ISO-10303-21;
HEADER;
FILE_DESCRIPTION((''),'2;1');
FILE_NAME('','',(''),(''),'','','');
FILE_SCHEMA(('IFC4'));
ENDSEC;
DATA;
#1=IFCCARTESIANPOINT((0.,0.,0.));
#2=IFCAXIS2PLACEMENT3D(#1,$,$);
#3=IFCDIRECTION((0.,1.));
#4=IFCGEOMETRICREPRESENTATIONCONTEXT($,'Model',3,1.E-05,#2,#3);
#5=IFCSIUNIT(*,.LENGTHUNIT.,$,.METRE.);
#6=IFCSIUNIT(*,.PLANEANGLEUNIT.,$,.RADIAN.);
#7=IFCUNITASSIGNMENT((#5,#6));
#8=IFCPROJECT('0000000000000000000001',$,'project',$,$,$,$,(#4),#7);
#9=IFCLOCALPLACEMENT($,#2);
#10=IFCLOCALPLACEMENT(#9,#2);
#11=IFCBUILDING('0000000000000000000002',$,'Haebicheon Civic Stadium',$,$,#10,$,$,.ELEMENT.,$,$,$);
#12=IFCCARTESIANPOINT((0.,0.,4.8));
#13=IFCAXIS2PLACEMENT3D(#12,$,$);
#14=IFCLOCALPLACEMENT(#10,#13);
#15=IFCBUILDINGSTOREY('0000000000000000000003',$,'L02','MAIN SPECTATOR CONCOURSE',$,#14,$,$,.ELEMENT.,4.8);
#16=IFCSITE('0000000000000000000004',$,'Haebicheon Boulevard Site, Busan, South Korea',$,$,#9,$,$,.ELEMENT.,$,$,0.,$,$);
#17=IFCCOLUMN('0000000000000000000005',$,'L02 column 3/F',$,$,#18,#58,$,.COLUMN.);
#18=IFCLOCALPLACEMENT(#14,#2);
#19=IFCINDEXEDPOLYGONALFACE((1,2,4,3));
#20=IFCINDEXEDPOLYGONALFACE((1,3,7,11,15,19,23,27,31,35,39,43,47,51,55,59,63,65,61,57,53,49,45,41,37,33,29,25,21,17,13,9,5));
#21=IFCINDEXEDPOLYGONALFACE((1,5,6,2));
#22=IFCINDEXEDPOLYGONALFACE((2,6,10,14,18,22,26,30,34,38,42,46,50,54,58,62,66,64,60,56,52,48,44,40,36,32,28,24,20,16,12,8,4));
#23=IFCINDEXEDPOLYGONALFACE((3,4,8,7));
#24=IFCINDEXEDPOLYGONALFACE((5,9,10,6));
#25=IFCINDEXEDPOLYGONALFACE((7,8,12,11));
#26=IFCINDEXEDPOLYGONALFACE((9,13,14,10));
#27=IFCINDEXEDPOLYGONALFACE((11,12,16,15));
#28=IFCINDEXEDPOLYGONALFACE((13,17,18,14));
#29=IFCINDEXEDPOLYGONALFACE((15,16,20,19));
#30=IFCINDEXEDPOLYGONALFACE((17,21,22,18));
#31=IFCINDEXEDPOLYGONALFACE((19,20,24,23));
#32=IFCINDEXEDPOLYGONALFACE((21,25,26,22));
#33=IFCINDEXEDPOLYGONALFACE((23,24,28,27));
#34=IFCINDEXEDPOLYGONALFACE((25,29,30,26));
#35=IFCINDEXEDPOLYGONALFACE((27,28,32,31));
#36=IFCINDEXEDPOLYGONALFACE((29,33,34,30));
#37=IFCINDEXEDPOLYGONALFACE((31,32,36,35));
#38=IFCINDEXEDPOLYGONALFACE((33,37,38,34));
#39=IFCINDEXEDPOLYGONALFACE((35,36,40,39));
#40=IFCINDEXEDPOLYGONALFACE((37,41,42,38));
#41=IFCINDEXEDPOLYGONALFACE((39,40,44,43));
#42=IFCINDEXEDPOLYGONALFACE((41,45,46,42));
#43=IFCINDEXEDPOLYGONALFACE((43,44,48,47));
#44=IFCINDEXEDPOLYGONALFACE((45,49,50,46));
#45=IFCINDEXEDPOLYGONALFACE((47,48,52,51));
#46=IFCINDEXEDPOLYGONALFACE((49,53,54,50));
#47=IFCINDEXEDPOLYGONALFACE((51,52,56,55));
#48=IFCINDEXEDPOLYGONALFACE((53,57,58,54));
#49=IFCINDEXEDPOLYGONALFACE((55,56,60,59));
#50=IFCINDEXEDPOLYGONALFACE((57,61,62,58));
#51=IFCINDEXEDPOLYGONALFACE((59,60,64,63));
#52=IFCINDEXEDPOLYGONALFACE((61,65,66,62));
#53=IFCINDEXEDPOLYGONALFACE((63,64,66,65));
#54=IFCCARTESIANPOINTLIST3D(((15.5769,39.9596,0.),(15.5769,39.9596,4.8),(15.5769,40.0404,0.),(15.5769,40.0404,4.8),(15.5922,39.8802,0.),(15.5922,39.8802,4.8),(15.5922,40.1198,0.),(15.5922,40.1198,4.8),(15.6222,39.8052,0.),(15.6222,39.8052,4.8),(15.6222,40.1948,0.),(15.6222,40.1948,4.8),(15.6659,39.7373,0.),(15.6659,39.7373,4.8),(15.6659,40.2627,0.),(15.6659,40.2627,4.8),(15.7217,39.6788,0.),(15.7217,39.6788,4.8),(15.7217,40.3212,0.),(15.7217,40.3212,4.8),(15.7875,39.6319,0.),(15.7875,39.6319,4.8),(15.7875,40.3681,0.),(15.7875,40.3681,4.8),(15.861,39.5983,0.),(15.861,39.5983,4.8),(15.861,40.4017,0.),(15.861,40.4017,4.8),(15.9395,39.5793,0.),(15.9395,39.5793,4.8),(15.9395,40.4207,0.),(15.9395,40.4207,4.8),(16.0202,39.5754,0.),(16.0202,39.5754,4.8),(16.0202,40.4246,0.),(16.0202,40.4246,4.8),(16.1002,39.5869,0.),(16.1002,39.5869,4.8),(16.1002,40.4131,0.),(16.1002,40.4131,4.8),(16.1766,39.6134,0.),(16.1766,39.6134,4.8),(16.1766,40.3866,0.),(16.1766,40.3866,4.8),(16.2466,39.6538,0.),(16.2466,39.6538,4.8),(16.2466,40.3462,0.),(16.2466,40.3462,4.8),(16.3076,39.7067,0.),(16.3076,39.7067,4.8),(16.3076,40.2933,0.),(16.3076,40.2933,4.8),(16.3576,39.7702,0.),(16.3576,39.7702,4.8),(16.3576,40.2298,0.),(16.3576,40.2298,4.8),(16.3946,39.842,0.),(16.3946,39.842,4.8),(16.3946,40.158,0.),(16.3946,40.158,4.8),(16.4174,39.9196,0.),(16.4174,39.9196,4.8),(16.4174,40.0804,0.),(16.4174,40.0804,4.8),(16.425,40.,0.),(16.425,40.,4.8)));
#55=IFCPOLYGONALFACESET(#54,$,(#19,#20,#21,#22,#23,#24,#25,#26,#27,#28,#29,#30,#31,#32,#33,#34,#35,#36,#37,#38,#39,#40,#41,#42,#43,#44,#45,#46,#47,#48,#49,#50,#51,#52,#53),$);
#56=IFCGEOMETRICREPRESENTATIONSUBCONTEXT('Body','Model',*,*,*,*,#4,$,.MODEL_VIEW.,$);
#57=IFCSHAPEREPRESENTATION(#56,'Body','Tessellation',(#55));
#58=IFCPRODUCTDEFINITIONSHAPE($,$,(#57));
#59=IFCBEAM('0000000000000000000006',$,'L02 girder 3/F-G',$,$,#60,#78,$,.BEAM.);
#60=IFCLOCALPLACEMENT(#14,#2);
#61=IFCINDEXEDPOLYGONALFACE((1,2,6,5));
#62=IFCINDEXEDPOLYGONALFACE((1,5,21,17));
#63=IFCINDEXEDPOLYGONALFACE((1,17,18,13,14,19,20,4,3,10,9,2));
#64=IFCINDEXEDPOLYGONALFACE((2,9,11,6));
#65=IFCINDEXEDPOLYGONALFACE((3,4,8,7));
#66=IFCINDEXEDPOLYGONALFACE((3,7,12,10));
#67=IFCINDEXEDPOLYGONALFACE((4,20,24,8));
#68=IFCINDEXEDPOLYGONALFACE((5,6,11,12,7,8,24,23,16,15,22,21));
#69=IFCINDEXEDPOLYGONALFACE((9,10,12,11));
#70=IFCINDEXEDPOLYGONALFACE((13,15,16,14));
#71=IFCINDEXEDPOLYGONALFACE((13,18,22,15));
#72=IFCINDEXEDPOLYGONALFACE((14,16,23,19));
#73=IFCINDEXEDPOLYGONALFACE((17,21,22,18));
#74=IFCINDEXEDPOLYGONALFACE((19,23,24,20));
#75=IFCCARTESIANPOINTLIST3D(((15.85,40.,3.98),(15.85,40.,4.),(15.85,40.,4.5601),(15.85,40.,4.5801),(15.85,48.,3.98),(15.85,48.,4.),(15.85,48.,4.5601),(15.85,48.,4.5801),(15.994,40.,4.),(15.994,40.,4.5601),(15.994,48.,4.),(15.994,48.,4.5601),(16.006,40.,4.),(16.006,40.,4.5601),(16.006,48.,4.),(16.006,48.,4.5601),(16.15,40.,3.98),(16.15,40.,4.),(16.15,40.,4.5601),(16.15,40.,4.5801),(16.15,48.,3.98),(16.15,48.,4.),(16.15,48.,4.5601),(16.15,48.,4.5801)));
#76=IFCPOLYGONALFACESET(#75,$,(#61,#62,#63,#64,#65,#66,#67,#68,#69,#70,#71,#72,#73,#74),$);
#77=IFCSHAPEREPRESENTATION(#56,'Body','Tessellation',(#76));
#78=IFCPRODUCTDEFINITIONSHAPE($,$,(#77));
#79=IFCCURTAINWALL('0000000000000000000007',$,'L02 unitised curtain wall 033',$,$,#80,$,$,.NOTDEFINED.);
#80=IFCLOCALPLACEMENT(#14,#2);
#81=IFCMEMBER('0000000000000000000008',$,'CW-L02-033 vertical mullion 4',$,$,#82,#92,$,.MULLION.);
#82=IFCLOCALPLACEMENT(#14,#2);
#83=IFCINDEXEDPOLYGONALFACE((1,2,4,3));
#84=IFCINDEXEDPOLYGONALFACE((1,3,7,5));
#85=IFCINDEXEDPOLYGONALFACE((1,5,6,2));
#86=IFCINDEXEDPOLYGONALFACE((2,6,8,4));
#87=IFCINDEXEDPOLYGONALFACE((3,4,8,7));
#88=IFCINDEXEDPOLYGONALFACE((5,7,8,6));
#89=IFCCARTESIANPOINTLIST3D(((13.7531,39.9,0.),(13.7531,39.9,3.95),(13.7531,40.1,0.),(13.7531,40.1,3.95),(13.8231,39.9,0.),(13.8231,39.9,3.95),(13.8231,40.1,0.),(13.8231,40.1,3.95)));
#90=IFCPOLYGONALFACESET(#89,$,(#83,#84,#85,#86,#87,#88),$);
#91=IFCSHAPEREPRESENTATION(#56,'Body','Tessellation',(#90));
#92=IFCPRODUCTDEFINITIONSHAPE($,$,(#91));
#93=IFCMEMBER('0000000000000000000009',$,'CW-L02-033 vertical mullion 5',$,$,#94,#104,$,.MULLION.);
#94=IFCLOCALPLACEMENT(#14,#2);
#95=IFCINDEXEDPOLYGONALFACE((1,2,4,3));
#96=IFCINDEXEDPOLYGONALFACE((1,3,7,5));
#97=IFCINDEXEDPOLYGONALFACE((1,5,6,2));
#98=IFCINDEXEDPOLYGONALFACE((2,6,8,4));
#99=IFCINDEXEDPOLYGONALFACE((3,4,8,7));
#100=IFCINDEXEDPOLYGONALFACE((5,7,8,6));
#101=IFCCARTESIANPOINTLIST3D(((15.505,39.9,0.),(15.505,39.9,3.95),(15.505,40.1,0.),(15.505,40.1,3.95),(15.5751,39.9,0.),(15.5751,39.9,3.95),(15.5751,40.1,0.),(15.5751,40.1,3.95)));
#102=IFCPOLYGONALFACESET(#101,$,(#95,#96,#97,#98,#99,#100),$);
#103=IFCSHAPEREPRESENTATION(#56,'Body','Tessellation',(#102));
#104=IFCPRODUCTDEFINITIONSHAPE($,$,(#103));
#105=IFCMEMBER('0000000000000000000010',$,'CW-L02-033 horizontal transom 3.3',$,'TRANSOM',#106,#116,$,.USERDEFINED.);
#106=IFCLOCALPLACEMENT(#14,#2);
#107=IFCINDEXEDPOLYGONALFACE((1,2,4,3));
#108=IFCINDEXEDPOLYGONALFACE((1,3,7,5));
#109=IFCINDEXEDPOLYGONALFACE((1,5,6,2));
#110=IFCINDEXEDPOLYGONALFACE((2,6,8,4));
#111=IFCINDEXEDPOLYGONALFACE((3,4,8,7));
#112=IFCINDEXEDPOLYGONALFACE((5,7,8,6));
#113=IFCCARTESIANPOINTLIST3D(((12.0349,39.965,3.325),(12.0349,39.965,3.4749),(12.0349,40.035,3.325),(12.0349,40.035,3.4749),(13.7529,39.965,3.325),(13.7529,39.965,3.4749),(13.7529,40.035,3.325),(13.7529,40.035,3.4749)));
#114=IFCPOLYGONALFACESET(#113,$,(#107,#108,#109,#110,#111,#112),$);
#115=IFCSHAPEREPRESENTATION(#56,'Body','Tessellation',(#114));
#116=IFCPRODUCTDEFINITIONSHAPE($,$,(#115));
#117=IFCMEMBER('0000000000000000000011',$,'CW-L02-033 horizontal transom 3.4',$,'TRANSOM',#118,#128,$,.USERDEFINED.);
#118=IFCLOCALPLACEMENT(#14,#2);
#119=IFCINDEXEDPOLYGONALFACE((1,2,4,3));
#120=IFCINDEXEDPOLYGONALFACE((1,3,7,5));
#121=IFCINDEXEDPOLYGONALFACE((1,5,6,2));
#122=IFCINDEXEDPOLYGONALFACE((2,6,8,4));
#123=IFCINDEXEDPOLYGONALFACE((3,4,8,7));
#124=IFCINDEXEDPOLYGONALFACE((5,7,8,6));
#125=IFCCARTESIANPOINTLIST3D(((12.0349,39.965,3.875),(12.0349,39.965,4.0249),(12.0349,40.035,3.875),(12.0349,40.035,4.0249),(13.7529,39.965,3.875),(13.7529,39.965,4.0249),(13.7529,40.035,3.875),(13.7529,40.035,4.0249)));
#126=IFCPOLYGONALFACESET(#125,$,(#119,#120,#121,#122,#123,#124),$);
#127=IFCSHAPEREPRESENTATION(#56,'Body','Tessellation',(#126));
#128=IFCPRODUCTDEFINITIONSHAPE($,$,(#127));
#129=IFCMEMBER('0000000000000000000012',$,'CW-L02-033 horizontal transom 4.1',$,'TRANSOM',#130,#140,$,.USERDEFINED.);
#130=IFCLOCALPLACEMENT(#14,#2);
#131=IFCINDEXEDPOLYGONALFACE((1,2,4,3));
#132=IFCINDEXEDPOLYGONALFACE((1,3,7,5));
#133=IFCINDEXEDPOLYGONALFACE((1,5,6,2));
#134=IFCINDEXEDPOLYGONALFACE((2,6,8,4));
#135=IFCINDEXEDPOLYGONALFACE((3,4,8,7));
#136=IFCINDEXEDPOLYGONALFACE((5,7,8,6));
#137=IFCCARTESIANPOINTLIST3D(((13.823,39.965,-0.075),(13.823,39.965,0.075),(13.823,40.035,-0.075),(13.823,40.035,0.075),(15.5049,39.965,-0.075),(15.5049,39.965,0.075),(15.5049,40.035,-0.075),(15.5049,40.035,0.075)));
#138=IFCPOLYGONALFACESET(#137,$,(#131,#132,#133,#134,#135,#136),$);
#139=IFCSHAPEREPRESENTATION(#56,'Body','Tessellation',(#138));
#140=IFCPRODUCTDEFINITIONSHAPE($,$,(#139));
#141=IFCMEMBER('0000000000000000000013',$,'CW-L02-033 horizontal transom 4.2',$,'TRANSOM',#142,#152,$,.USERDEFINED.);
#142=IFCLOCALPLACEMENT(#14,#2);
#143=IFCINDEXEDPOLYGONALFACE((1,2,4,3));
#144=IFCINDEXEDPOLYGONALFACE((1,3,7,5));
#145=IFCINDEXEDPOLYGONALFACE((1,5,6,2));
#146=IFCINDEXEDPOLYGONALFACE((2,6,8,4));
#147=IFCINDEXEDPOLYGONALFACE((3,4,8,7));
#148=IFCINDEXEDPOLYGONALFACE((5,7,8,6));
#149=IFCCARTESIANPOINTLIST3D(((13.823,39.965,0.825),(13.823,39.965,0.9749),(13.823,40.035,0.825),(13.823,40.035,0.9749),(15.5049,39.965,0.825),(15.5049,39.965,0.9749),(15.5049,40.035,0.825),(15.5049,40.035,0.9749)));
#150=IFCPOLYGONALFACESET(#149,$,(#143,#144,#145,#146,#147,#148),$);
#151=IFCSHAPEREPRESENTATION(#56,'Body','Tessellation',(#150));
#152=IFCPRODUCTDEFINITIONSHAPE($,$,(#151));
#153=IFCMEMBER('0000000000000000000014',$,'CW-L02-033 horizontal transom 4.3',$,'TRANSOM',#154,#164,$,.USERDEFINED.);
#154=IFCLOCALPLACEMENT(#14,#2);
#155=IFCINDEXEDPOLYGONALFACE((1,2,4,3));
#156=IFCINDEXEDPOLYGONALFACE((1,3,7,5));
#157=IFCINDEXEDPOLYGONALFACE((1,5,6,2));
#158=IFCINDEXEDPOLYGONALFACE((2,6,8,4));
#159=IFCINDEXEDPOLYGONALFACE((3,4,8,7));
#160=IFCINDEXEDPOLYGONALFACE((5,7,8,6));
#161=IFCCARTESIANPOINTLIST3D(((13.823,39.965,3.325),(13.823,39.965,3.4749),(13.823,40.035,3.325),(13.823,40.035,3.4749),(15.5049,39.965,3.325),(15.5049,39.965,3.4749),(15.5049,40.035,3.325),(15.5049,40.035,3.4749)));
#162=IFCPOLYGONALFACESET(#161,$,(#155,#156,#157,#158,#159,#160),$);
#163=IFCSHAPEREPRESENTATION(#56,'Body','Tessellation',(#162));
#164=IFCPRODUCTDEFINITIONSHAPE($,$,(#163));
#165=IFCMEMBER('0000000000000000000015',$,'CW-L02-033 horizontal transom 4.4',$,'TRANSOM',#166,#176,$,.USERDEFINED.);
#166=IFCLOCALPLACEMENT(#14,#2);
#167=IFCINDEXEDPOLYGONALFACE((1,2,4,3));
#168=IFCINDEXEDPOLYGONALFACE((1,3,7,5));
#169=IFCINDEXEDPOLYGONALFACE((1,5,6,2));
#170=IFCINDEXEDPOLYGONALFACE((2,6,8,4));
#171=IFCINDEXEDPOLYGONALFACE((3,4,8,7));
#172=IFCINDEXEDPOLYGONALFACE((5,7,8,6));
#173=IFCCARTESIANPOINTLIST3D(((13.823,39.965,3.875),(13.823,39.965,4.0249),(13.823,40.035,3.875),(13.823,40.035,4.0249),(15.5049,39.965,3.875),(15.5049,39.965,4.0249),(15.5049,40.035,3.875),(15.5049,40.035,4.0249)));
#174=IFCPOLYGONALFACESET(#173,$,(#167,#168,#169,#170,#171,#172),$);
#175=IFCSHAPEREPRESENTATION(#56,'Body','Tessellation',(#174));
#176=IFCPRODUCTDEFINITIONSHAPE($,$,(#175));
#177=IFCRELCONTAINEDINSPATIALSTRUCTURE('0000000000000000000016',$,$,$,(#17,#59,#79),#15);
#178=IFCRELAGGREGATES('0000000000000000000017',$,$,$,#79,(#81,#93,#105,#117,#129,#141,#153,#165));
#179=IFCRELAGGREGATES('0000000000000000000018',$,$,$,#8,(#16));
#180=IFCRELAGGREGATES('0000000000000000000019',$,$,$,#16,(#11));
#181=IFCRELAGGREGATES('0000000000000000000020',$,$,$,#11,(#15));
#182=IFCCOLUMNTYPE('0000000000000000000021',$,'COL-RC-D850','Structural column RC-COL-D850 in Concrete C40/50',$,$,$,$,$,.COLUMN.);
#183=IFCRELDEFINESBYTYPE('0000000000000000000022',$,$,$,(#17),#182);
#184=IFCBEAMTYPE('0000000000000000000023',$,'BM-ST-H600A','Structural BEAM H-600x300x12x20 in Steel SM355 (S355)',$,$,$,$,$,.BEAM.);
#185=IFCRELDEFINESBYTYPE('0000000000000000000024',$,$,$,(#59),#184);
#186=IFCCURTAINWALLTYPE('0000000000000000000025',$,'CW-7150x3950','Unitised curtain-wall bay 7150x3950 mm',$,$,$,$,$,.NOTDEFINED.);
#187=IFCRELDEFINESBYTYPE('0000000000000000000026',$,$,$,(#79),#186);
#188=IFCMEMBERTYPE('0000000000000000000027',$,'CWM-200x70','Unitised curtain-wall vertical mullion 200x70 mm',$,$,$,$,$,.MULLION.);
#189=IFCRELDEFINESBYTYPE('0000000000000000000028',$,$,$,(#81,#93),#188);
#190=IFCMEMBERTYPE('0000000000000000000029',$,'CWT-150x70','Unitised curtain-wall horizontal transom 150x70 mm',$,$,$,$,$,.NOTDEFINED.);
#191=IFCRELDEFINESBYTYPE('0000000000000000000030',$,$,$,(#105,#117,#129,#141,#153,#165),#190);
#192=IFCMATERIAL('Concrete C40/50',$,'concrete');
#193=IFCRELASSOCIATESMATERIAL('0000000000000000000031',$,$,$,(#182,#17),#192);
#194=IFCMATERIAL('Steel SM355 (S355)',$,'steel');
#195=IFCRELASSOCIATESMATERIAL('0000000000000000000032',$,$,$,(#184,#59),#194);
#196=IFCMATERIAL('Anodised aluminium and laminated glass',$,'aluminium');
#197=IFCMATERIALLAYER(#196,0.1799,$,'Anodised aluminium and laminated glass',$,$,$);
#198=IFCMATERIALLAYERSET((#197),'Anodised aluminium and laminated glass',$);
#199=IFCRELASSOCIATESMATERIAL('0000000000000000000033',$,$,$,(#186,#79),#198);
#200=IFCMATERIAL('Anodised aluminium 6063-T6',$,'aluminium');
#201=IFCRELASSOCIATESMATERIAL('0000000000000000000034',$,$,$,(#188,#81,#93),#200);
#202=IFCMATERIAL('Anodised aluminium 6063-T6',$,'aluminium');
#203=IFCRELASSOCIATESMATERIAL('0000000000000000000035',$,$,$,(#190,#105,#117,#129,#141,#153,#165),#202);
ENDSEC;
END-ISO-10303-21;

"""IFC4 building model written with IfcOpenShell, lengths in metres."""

from ifc_helpers import new_model, si_unit, direction, frame, origin, origin_2d, place, context, subcontext, project, spatial, rectangle, circle, i_section, extrude, material, layer, layer_set, material_profile, profile_set, type_object, element, aggregate, save


model = new_model("IFC4")

# Units and contexts
model_context = context("Model", 3, precision=1e-05, world=origin(), true_north=direction((0.0, 1.0)))
body_context = subcontext(model_context, "Body", "Model", "MODEL_VIEW")
ifc_project = project(units=[si_unit("LENGTHUNIT", "METRE"), si_unit("PLANEANGLEUNIT", "RADIAN")], contexts=[model_context])

# Site, building, storey
site_placement = place(None, origin())
site = spatial("IfcSite", under=ifc_project, at=site_placement, Name="Haebicheon Boulevard Site, Busan, South Korea", CompositionType="ELEMENT", RefElevation=0.0)
building_placement = place(site_placement, origin())
building = spatial("IfcBuilding", under=site, at=building_placement, Name="Haebicheon Civic Stadium", CompositionType="ELEMENT")
storey_placement = place(building_placement, frame((0.0, 0.0, 4.8)))
storey = spatial("IfcBuildingStorey", under=building, at=storey_placement, Name="L02", Description="MAIN SPECTATOR CONCOURSE", CompositionType="ELEMENT", Elevation=4.8)

# Column
ifc_material_1 = material(Name="Concrete C40/50", Category="concrete")
ifc_material_profile_1 = material_profile(ifc_material_1, circle(Radius=0.425, at=origin_2d()), Name="RC-COL-D850")
ifc_profile_set_1 = profile_set([ifc_material_profile_1], Name="Concrete C40/50")
column_type = type_object("IfcColumnType", Name="COL-RC-D850", Description="Structural column RC-COL-D850 in Concrete C40/50", PredefinedType="COLUMN", material=ifc_profile_set_1)
column_placement = place(storey_placement, frame((16.0, 40.0, 0.0), z_axis=(0.0, 0.0, 1.0), x_axis=(1.0, 0.0, 0.0)))
element("IfcColumn", 1, at=column_placement, inside=storey, type_object=column_type, material=ifc_profile_set_1, Name="L02 column 3/F", PredefinedType="COLUMN", context=body_context, shape_type="SweptSolid", body=[
    extrude(circle(Radius=0.425, at=origin_2d()), origin(), (0.0, 0.0, 1.0), 4.8),
])

# Beam
ifc_material_2 = material(Name="Steel SM355 (S355)", Category="steel")
ifc_material_profile_2 = material_profile(ifc_material_2, i_section(OverallWidth=0.3, OverallDepth=0.6001, WebThickness=0.012, FlangeThickness=0.02, at=origin_2d()), Name="H-600x300x12x20")
ifc_profile_set_2 = profile_set([ifc_material_profile_2], Name="Steel SM355 (S355)")
beam_type_1 = type_object("IfcBeamType", Name="BM-ST-H600A", Description="Structural BEAM H-600x300x12x20 in Steel SM355 (S355)", PredefinedType="BEAM", material=ifc_profile_set_2)
beam_1_placement = place(storey_placement, frame((16.0, 40.0, 4.28), z_axis=(0.0, 1.0, 0.0), x_axis=(-1.0, 0.0, 0.0)))
element("IfcBeam", 2, at=beam_1_placement, inside=storey, type_object=beam_type_1, material=ifc_profile_set_2, Name="L02 girder 3/F-G", PredefinedType="BEAM", context=body_context, shape_type="SweptSolid", body=[
    extrude(i_section(OverallWidth=0.3, OverallDepth=0.6001, WebThickness=0.012, FlangeThickness=0.02, at=origin_2d()), origin(), (0.0, 0.0, 1.0), 8.0),
])

# Curtain wall, members
ifc_material_3 = material(Name="Anodised aluminium and laminated glass", Category="aluminium")
ifc_layer_1 = layer(ifc_material_3, 0.1799, Name="Anodised aluminium and laminated glass")
ifc_layer_set_1 = layer_set([ifc_layer_1], Name="Anodised aluminium and laminated glass")
curtain_wall_type = type_object("IfcCurtainWallType", Name="CW-7150x3950", Description="Unitised curtain-wall bay 7150x3950 mm", PredefinedType="NOTDEFINED", material=ifc_layer_set_1)
curtain_wall_placement = place(storey_placement, origin())
curtain_wall = element("IfcCurtainWall", 3, at=curtain_wall_placement, inside=storey, type_object=curtain_wall_type, material=ifc_layer_set_1, Name="L02 unitised curtain wall 033", PredefinedType="NOTDEFINED")
ifc_material_4 = material(Name="Anodised aluminium 6063-T6", Category="aluminium")
ifc_material_profile_3 = material_profile(ifc_material_4, rectangle(XDim=0.0701, YDim=0.2, at=origin_2d()), Name="ALU-MULL-70x200")
ifc_profile_set_3 = profile_set([ifc_material_profile_3], Name="Anodised aluminium 6063-T6")
member_type_1 = type_object("IfcMemberType", Name="CWM-200x70", Description="Unitised curtain-wall vertical mullion 200x70 mm", PredefinedType="MULLION", material=ifc_profile_set_3)
member_1_placement = place(storey_placement, frame((13.7881, 40.0, 0.0), z_axis=(0.0, 0.0, 1.0), x_axis=(1.0, 0.0, 0.0)))
member_1 = element("IfcMember", 4, at=member_1_placement, type_object=member_type_1, material=ifc_profile_set_3, Name="CW-L02-033 vertical mullion 4", PredefinedType="MULLION", context=body_context, shape_type="SweptSolid", body=[
    extrude(rectangle(XDim=0.0701, YDim=0.2, at=origin_2d()), origin(), (0.0, 0.0, 1.0), 3.95),
])
member_2_placement = place(storey_placement, frame((15.54, 40.0, 0.0), z_axis=(0.0, 0.0, 1.0), x_axis=(1.0, 0.0, 0.0)))
member_2 = element("IfcMember", 5, at=member_2_placement, type_object=member_type_1, material=ifc_profile_set_3, Name="CW-L02-033 vertical mullion 5", PredefinedType="MULLION", context=body_context, shape_type="SweptSolid", body=[
    extrude(rectangle(XDim=0.0701, YDim=0.2, at=origin_2d()), origin(), (0.0, 0.0, 1.0), 3.95),
])
ifc_material_5 = material(Name="Anodised aluminium 6063-T6", Category="aluminium")
ifc_material_profile_4 = material_profile(ifc_material_5, rectangle(XDim=0.0701, YDim=0.1499, at=origin_2d()), Name="ALU-TRAN-70x150")
ifc_profile_set_4 = profile_set([ifc_material_profile_4], Name="Anodised aluminium 6063-T6")
member_type_2 = type_object("IfcMemberType", Name="CWT-150x70", Description="Unitised curtain-wall horizontal transom 150x70 mm", PredefinedType="NOTDEFINED", material=ifc_profile_set_4)
member_3_placement = place(storey_placement, frame((12.0349, 40.0, 3.3999), z_axis=(1.0, 0.0, 0.0), x_axis=(0.0, 1.0, 0.0)))
member_3 = element("IfcMember", 6, at=member_3_placement, type_object=member_type_2, material=ifc_profile_set_4, Name="CW-L02-033 horizontal transom 3.3", ObjectType="TRANSOM", PredefinedType="USERDEFINED", context=body_context, shape_type="SweptSolid", body=[
    extrude(rectangle(XDim=0.0701, YDim=0.1499, at=origin_2d()), origin(), (0.0, 0.0, 1.0), 1.718),
])
member_4_placement = place(storey_placement, frame((12.0349, 40.0, 3.95), z_axis=(1.0, 0.0, 0.0), x_axis=(0.0, 1.0, 0.0)))
member_4 = element("IfcMember", 7, at=member_4_placement, type_object=member_type_2, material=ifc_profile_set_4, Name="CW-L02-033 horizontal transom 3.4", ObjectType="TRANSOM", PredefinedType="USERDEFINED", context=body_context, shape_type="SweptSolid", body=[
    extrude(rectangle(XDim=0.0701, YDim=0.1499, at=origin_2d()), origin(), (0.0, 0.0, 1.0), 1.718),
])
member_5_placement = place(storey_placement, frame((13.823, 40.0, 0.0), z_axis=(1.0, 0.0, 0.0), x_axis=(0.0, 1.0, 0.0)))
member_5 = element("IfcMember", 8, at=member_5_placement, type_object=member_type_2, material=ifc_profile_set_4, Name="CW-L02-033 horizontal transom 4.1", ObjectType="TRANSOM", PredefinedType="USERDEFINED", context=body_context, shape_type="SweptSolid", body=[
    extrude(rectangle(XDim=0.0701, YDim=0.1499, at=origin_2d()), origin(), (0.0, 0.0, 1.0), 1.6819),
])
member_6_placement = place(storey_placement, frame((13.823, 40.0, 0.8999), z_axis=(1.0, 0.0, 0.0), x_axis=(0.0, 1.0, 0.0)))
member_6 = element("IfcMember", 9, at=member_6_placement, type_object=member_type_2, material=ifc_profile_set_4, Name="CW-L02-033 horizontal transom 4.2", ObjectType="TRANSOM", PredefinedType="USERDEFINED", context=body_context, shape_type="SweptSolid", body=[
    extrude(rectangle(XDim=0.0701, YDim=0.1499, at=origin_2d()), origin(), (0.0, 0.0, 1.0), 1.6819),
])
member_7_placement = place(storey_placement, frame((13.823, 40.0, 3.3999), z_axis=(1.0, 0.0, 0.0), x_axis=(0.0, 1.0, 0.0)))
member_7 = element("IfcMember", 10, at=member_7_placement, type_object=member_type_2, material=ifc_profile_set_4, Name="CW-L02-033 horizontal transom 4.3", ObjectType="TRANSOM", PredefinedType="USERDEFINED", context=body_context, shape_type="SweptSolid", body=[
    extrude(rectangle(XDim=0.0701, YDim=0.1499, at=origin_2d()), origin(), (0.0, 0.0, 1.0), 1.6819),
])
member_8_placement = place(storey_placement, frame((13.823, 40.0, 3.95), z_axis=(1.0, 0.0, 0.0), x_axis=(0.0, 1.0, 0.0)))
member_8 = element("IfcMember", 11, at=member_8_placement, type_object=member_type_2, material=ifc_profile_set_4, Name="CW-L02-033 horizontal transom 4.4", ObjectType="TRANSOM", PredefinedType="USERDEFINED", context=body_context, shape_type="SweptSolid", body=[
    extrude(rectangle(XDim=0.0701, YDim=0.1499, at=origin_2d()), origin(), (0.0, 0.0, 1.0), 1.6819),
])

aggregate(curtain_wall, [member_1, member_2, member_3, member_4, member_5, member_6, member_7, member_8])

save(model, "model.ifc")
